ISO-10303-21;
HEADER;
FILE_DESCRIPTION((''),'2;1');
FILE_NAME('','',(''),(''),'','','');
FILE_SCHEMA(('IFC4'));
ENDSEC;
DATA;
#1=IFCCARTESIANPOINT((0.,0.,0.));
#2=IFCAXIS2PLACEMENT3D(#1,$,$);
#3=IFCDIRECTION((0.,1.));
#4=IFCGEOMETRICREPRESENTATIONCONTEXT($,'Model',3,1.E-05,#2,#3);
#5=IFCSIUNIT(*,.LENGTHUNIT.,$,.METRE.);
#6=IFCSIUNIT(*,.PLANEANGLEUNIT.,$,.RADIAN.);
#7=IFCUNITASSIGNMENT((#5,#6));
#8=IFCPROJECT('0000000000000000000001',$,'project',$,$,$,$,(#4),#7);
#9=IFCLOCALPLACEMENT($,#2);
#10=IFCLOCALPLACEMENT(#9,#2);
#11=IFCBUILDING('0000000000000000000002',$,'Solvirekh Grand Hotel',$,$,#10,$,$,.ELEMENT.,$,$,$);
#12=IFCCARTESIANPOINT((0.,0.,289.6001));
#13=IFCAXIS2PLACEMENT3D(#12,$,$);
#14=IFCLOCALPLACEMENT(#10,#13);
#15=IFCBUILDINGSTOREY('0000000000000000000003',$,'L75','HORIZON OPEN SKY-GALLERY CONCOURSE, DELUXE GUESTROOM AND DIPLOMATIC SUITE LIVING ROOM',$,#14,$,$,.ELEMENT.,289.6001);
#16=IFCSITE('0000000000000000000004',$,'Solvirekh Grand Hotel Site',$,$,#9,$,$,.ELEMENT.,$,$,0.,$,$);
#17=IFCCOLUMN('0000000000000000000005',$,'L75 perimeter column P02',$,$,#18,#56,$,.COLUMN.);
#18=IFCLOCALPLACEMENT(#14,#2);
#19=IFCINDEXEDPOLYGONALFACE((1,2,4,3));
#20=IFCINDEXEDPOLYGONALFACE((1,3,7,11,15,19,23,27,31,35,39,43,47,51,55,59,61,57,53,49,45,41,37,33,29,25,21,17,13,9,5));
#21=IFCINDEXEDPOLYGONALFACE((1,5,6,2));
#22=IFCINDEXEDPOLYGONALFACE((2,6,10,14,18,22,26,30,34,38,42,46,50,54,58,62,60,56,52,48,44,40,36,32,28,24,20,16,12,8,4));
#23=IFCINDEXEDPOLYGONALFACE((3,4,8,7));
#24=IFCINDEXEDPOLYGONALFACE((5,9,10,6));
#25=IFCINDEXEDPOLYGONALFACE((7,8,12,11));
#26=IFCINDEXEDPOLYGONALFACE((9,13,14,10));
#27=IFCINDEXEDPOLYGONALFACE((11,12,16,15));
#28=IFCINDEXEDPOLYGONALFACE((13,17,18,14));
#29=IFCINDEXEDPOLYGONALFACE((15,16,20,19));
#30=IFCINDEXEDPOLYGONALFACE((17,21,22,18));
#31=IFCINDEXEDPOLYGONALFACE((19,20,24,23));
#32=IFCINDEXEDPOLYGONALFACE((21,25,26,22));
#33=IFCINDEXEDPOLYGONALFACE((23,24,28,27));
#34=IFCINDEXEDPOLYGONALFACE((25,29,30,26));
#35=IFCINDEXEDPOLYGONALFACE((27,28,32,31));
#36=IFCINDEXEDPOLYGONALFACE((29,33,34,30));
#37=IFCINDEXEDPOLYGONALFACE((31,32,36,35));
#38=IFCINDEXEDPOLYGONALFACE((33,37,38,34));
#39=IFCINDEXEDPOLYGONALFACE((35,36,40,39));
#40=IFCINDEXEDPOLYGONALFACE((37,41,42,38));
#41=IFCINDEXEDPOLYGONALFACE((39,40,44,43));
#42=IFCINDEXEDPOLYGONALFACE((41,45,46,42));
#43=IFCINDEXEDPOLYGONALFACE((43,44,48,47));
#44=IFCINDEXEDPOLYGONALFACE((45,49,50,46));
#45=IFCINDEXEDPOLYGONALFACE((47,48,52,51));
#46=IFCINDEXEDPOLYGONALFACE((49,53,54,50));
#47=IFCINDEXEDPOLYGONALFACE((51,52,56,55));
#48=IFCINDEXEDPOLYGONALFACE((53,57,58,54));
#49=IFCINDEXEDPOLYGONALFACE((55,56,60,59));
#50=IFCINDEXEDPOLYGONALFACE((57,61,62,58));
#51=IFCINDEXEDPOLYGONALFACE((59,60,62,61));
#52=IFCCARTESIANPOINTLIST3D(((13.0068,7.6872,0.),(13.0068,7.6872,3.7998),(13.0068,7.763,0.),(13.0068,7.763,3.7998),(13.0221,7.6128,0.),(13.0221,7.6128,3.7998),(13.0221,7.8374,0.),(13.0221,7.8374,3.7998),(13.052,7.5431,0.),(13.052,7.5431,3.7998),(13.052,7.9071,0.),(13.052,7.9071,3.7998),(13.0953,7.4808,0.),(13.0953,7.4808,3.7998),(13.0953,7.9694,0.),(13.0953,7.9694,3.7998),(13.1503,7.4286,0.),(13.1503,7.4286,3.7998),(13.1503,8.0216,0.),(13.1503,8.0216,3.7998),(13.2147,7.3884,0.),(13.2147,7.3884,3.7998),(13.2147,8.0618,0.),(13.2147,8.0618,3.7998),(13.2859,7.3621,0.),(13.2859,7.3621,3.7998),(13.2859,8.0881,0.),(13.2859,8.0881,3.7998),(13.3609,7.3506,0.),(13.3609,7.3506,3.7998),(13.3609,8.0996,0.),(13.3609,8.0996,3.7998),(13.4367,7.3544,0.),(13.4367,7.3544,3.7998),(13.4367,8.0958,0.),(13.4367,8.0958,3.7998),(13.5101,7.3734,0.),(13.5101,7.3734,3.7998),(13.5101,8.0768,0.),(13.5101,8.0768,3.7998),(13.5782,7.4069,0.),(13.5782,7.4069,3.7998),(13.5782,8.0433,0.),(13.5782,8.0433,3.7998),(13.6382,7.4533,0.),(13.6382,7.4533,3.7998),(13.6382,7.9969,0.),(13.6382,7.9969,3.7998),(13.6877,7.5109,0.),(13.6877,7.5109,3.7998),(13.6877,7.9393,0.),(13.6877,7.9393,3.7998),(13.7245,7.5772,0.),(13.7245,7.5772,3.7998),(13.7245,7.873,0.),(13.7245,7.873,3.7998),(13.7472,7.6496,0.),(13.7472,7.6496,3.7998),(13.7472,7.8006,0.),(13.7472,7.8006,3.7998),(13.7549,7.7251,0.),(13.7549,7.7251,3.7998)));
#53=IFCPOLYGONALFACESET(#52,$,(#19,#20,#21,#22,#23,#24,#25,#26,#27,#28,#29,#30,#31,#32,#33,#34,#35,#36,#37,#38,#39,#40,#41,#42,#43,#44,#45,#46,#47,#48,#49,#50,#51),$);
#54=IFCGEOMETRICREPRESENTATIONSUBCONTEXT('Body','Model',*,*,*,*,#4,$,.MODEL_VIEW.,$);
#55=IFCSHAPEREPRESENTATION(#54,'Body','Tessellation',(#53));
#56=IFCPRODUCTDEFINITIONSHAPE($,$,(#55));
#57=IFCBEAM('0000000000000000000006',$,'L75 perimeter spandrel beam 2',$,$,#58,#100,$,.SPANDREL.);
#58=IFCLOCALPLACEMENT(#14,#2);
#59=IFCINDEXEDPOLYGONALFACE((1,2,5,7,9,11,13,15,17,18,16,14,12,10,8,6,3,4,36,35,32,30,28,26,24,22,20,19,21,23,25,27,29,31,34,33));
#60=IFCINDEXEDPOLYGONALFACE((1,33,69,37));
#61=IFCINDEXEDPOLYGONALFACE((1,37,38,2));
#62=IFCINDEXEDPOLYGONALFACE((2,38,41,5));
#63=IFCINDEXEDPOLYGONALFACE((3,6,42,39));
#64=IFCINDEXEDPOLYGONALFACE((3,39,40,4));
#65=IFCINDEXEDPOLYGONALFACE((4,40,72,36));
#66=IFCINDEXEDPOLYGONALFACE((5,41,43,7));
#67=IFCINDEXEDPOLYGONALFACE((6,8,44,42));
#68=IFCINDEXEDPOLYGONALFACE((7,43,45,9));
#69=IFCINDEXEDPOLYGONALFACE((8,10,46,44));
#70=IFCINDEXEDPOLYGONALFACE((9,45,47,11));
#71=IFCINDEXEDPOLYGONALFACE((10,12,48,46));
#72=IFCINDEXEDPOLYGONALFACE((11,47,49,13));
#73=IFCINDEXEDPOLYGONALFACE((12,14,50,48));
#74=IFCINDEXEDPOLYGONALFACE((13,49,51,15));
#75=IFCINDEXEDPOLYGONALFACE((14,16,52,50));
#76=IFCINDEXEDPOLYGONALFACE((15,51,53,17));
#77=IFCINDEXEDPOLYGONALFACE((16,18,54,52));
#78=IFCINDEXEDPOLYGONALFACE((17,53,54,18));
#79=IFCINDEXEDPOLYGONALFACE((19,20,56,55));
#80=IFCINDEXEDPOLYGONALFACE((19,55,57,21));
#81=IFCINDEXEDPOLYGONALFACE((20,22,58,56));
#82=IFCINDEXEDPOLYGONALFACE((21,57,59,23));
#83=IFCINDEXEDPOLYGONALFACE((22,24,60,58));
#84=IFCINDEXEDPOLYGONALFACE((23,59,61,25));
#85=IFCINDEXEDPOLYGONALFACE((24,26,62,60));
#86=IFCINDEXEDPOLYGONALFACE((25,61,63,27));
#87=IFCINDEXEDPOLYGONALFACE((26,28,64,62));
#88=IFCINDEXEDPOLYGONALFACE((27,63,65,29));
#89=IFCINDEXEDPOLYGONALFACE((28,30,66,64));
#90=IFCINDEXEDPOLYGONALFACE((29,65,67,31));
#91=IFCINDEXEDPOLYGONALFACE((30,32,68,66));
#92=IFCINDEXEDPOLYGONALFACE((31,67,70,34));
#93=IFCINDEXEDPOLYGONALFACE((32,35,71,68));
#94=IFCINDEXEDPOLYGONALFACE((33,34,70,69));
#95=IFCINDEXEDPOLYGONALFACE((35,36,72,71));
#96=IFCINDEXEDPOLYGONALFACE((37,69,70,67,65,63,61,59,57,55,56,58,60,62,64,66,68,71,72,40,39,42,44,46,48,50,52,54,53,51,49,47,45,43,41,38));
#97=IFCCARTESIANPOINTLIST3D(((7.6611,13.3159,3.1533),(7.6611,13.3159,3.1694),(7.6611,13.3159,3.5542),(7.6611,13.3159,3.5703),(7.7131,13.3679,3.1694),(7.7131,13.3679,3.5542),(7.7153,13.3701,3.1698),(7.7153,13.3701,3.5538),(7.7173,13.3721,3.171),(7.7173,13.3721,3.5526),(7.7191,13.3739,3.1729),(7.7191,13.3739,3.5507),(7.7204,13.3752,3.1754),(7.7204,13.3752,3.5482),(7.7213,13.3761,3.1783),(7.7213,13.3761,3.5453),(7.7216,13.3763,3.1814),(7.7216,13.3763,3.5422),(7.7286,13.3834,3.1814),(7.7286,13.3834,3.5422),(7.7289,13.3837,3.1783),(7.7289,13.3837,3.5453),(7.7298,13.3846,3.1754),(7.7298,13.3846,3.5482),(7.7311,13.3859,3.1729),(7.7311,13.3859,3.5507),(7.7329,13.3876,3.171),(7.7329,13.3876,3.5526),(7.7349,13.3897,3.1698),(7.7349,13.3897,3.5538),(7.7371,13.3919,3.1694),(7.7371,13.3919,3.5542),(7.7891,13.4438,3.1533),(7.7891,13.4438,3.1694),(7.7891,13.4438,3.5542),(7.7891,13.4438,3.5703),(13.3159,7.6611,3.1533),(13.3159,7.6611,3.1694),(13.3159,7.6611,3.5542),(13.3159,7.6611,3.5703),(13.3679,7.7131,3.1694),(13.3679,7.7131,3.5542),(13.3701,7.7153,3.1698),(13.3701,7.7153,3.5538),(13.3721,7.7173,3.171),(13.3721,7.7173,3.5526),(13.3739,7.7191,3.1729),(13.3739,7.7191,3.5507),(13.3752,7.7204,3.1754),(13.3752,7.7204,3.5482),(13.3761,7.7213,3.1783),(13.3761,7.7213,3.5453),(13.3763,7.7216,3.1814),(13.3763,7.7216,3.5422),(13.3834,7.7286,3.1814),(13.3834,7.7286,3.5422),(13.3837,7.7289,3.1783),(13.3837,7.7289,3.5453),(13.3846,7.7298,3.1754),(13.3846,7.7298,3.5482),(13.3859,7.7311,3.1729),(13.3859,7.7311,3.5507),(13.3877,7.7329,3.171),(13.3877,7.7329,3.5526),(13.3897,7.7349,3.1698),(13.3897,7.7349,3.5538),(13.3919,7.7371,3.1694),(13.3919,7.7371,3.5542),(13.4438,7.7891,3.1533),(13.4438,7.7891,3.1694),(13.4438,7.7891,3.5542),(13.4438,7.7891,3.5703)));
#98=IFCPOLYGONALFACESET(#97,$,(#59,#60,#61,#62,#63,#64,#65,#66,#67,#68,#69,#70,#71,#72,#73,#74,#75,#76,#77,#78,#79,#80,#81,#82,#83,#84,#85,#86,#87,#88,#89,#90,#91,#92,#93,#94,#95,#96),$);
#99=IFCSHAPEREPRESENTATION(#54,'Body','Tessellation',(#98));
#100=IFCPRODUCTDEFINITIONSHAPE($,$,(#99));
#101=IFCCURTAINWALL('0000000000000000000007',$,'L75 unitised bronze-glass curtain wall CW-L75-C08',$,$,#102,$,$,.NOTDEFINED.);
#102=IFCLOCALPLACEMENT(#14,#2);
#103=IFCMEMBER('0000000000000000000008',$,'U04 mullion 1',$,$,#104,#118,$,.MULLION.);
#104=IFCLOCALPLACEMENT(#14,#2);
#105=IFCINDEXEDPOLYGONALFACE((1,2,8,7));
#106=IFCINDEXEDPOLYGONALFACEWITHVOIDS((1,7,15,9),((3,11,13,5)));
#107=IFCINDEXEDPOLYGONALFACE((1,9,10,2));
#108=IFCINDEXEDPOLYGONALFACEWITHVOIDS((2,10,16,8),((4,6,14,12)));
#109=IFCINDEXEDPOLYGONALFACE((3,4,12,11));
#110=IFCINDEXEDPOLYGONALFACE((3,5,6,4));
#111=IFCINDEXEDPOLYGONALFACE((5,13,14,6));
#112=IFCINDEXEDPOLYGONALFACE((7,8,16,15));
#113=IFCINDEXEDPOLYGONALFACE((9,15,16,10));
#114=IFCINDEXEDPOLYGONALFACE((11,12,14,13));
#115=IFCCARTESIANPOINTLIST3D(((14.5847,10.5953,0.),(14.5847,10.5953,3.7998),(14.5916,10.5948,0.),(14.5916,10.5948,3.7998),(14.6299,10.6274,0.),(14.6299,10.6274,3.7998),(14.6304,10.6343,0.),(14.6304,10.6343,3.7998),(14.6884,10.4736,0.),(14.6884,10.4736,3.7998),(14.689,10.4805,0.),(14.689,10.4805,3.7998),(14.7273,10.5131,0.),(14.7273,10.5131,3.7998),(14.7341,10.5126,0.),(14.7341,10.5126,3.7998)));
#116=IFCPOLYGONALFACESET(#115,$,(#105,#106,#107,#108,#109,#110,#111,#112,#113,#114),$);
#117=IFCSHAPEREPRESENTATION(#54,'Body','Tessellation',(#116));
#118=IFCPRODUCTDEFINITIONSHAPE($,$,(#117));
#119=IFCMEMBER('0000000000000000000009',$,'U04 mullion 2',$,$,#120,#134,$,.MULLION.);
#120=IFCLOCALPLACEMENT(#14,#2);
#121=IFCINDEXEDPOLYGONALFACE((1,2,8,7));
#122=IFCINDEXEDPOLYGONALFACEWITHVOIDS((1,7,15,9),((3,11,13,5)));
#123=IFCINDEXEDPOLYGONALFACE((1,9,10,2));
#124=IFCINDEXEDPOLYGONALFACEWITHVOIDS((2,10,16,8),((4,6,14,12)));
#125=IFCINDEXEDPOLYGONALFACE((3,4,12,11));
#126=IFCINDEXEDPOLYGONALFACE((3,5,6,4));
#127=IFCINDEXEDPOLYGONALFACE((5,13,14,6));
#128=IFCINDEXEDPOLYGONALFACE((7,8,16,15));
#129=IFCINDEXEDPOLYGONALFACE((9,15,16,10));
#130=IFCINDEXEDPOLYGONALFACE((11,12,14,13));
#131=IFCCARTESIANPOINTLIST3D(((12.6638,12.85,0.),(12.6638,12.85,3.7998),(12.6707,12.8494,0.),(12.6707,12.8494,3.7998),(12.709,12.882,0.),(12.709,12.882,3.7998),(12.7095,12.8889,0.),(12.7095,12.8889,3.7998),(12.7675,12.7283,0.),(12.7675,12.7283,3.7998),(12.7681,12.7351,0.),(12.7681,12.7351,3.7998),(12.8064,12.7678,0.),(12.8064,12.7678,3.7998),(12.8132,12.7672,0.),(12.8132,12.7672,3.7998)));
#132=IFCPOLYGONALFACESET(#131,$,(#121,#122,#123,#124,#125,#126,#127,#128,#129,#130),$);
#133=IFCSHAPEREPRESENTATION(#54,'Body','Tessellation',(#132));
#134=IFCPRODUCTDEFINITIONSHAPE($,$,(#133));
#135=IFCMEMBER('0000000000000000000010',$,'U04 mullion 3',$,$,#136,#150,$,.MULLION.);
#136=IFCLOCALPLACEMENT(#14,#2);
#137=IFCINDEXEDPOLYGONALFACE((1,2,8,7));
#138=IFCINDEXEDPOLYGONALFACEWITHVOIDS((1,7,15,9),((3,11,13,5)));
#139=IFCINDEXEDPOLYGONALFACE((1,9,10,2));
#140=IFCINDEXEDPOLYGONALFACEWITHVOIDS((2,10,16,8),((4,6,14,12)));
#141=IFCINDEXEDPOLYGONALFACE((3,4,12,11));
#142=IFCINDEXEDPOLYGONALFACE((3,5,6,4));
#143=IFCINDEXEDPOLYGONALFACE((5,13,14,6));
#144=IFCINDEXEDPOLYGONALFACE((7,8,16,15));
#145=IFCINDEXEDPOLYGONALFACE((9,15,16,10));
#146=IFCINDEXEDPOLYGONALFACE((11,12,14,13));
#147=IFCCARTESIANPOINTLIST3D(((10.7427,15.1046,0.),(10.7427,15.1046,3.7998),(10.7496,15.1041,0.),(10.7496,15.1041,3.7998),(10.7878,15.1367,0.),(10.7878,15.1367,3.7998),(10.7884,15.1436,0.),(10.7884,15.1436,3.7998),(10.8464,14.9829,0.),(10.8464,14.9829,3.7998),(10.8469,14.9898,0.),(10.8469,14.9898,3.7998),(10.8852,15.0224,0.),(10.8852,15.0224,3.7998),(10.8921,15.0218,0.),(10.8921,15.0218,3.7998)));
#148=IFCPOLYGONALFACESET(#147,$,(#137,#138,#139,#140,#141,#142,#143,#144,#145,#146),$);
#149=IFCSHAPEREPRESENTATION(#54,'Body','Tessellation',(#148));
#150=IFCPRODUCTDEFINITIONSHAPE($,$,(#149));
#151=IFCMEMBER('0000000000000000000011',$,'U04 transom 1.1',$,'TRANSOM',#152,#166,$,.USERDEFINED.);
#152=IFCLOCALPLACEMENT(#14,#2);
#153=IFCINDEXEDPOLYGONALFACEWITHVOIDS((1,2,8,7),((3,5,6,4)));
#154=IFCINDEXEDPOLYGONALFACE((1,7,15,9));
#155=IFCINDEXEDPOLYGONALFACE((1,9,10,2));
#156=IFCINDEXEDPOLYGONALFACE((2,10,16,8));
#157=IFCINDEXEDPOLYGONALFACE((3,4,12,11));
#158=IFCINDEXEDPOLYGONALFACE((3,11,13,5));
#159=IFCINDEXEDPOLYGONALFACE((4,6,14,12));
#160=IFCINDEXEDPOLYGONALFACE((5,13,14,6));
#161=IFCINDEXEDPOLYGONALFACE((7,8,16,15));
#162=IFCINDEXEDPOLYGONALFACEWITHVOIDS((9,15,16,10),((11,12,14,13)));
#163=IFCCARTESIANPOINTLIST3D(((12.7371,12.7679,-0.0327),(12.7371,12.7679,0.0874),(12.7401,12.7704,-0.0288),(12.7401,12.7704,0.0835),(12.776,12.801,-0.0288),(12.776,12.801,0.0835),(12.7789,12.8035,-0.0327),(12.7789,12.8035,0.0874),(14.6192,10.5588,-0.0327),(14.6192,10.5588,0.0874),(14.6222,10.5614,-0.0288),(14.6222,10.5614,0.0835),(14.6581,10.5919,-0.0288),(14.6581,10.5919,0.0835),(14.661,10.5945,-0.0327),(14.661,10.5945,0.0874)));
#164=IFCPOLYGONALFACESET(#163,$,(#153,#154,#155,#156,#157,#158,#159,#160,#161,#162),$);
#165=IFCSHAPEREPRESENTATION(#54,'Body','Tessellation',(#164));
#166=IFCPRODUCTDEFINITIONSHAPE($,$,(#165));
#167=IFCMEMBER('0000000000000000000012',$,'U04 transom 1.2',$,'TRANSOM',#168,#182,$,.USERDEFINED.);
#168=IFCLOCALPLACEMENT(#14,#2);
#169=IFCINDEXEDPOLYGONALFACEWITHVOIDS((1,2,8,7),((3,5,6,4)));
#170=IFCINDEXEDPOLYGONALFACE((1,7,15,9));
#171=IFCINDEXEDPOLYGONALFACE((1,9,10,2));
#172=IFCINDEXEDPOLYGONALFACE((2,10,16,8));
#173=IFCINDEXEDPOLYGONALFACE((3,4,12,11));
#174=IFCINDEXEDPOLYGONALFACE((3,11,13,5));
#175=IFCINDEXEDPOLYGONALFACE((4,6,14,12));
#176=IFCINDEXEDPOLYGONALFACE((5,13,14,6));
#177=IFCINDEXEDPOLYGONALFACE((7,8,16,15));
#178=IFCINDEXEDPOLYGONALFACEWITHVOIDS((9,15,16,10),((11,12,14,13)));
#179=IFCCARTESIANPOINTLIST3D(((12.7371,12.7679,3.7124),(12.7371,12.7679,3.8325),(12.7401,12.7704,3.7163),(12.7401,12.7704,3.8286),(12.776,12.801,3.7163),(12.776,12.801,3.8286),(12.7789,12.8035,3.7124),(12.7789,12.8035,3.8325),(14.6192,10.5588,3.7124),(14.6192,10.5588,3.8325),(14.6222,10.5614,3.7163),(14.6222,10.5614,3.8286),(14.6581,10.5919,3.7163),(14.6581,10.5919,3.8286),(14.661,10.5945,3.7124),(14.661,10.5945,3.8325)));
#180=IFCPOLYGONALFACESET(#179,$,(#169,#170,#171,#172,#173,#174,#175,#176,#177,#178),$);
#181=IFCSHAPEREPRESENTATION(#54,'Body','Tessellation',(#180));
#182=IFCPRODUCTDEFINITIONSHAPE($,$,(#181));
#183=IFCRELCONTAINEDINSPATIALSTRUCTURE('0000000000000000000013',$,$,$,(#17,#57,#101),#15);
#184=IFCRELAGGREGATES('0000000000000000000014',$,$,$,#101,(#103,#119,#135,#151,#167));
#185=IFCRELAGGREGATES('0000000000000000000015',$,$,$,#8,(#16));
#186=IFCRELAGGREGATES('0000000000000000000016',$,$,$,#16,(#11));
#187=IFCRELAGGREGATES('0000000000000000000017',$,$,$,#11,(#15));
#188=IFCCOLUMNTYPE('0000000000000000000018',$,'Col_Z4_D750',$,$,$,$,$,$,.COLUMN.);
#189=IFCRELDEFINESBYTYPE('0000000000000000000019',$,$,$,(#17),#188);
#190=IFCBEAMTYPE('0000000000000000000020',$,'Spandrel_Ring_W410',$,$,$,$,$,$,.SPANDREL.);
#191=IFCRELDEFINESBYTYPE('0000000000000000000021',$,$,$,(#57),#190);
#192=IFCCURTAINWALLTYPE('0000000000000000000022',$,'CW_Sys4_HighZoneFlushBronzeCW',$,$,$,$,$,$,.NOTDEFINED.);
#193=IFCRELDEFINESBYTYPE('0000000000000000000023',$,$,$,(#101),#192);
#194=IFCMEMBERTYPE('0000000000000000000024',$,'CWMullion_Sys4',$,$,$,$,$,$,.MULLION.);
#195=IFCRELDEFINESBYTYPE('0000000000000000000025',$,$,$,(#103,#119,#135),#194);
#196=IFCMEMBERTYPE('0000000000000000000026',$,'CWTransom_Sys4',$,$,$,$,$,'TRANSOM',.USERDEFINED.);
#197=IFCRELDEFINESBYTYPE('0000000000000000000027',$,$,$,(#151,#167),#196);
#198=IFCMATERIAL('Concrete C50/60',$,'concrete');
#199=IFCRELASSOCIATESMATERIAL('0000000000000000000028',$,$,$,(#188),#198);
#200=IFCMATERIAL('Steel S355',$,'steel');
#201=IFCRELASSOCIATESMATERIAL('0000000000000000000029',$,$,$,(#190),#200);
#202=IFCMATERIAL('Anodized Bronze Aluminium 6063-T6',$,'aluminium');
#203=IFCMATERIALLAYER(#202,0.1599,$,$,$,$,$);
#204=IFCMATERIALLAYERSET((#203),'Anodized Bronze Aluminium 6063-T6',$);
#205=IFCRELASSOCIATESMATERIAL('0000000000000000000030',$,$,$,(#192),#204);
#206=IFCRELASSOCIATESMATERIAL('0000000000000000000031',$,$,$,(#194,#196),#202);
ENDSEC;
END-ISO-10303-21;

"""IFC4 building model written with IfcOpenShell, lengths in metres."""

from ifc_helpers import new_model, si_unit, direction, frame, origin, origin_2d, place, context, subcontext, project, spatial, hollow_rectangle, circle, i_section, extrude, source, transform, mapped, material, layer, layer_set, material_profile, profile_set, type_object, element, aggregate, save


model = new_model("IFC4")

# Units and contexts
model_context = context("Model", 3, precision=1e-05, world=origin(), true_north=direction((0.0, 1.0)))
body_context = subcontext(model_context, "Body", "Model", "MODEL_VIEW")
ifc_project = project(units=[si_unit("LENGTHUNIT", "METRE"), si_unit("PLANEANGLEUNIT", "RADIAN")], contexts=[model_context])

# Site, building, storey
site_placement = place(None, origin())
site = spatial("IfcSite", under=ifc_project, at=site_placement, Name="Solvirekh Grand Hotel Site", CompositionType="ELEMENT", RefElevation=0.0)
building_placement = place(site_placement, origin())
building = spatial("IfcBuilding", under=site, at=building_placement, Name="Solvirekh Grand Hotel", CompositionType="ELEMENT")
storey_placement = place(building_placement, frame((0.0, 0.0, 289.6001)))
storey = spatial("IfcBuildingStorey", under=building, at=storey_placement, Name="L75", Description="HORIZON OPEN SKY-GALLERY CONCOURSE, DELUXE GUESTROOM AND DIPLOMATIC SUITE LIVING ROOM", CompositionType="ELEMENT", Elevation=289.6001)

# Column
ifc_material_1 = material(Name="Concrete C50/60", Category="concrete")
ifc_material_profile_1 = material_profile(ifc_material_1, circle(Radius=0.375, at=origin_2d()), Name="RC CIRC D750")
ifc_profile_set_1 = profile_set([ifc_material_profile_1], Name="Concrete C50/60")
column_type = type_object("IfcColumnType", Name="Col_Z4_D750", PredefinedType="COLUMN", material=ifc_profile_set_1)
column_placement = place(storey_placement, frame((13.3799, 7.7251, 0.0), z_axis=(0.0, 0.0, 1.0), x_axis=(1.0, 0.0, 0.0)))
element("IfcColumn", 1, at=column_placement, inside=storey, type_object=column_type, Name="L75 perimeter column P02", PredefinedType="COLUMN", context=body_context, shape_type="SweptSolid", body=[
    extrude(circle(Radius=0.375, at=origin_2d()), origin(), (0.0, 0.0, 1.0), 3.7998),
])

# Beam
ifc_material_2 = material(Name="Steel S355", Category="steel")
ifc_material_profile_2 = material_profile(ifc_material_2, i_section(OverallWidth=0.1809, OverallDepth=0.417, WebThickness=0.01, FlangeThickness=0.0161, FilletRadius=0.012, at=origin_2d()), Name="W410X85")
ifc_profile_set_2 = profile_set([ifc_material_profile_2], Name="Steel S355")
beam_type = type_object("IfcBeamType", Name="Spandrel_Ring_W410", PredefinedType="SPANDREL", material=ifc_profile_set_2)
beam_placement = place(storey_placement, frame((13.3799, 7.7251, 3.3618), z_axis=(-0.707107, 0.707107, 0.0), x_axis=(-0.707107, -0.707107, 0.0)))
element("IfcBeam", 2, at=beam_placement, inside=storey, type_object=beam_type, Name="L75 perimeter spandrel beam 2", PredefinedType="SPANDREL", context=body_context, shape_type="SweptSolid", body=[
    extrude(i_section(OverallWidth=0.1809, OverallDepth=0.417, WebThickness=0.01, FlangeThickness=0.0161, FilletRadius=0.012, at=origin_2d()), origin(), (0.0, 0.0, 1.0), 7.9971),
])

# Curtain wall, members
ifc_material_3 = material(Name="Anodized Bronze Aluminium 6063-T6", Category="aluminium")
ifc_layer_1 = layer(ifc_material_3, 0.1599)
ifc_layer_set_1 = layer_set([ifc_layer_1], Name="Anodized Bronze Aluminium 6063-T6")
curtain_wall_type = type_object("IfcCurtainWallType", Name="CW_Sys4_HighZoneFlushBronzeCW", PredefinedType="NOTDEFINED", material=ifc_layer_set_1)
curtain_wall_placement = place(storey_placement, origin())
curtain_wall = element("IfcCurtainWall", 3, at=curtain_wall_placement, inside=storey, type_object=curtain_wall_type, Name="L75 unitised bronze-glass curtain wall CW-L75-C08", PredefinedType="NOTDEFINED")
ifc_material_profile_3 = material_profile(ifc_material_3, hollow_rectangle(XDim=0.0601, YDim=0.1599, WallThickness=0.0049, at=origin_2d()), Name="ALU RHS 160X60X5")
ifc_profile_set_3 = profile_set([ifc_material_profile_3], Name="Anodized Bronze Aluminium 6063-T6")
member_type_1 = type_object("IfcMemberType", Name="CWMullion_Sys4", PredefinedType="MULLION", material=ifc_profile_set_3)
shared_shape_1 = source(origin(), body_context, "Body", "SweptSolid", [
    extrude(hollow_rectangle(XDim=0.0601, YDim=0.1599, WallThickness=0.0049, at=origin_2d()), origin(), (0.0, 0.0, 1.0), 3.7998),
])
member_1_placement = place(storey_placement, frame((14.6594, 10.554, 0.0), z_axis=(0.0, 0.0, 1.0), x_axis=(-0.761176, -0.648545, 0.0)))
member_1 = element("IfcMember", 4, at=member_1_placement, type_object=member_type_1, Name="U04 mullion 1", PredefinedType="MULLION", context=body_context, shape_type="MappedRepresentation", body=[
    mapped(shared_shape_1, transform((0.0, 0.0, 0.0), x_axis=(1.0, 0.0, 0.0), y_axis=(0.0, 1.0, 0.0), z_axis=(0.0, 0.0, 1.0), scale=1.0)),
])
member_2_placement = place(storey_placement, frame((12.7385, 12.8086, 0.0), z_axis=(0.0, 0.0, 1.0), x_axis=(-0.761176, -0.648545, 0.0)))
member_2 = element("IfcMember", 5, at=member_2_placement, type_object=member_type_1, Name="U04 mullion 2", PredefinedType="MULLION", context=body_context, shape_type="MappedRepresentation", body=[
    mapped(shared_shape_1, transform((0.0, 0.0, 0.0), x_axis=(1.0, 0.0, 0.0), y_axis=(0.0, 1.0, 0.0), z_axis=(0.0, 0.0, 1.0), scale=1.0)),
])
member_3_placement = place(storey_placement, frame((10.8174, 15.0632, 0.0), z_axis=(0.0, 0.0, 1.0), x_axis=(-0.761176, -0.648545, 0.0)))
member_3 = element("IfcMember", 6, at=member_3_placement, type_object=member_type_1, Name="U04 mullion 3", PredefinedType="MULLION", context=body_context, shape_type="MappedRepresentation", body=[
    mapped(shared_shape_1, transform((0.0, 0.0, 0.0), x_axis=(1.0, 0.0, 0.0), y_axis=(0.0, 1.0, 0.0), z_axis=(0.0, 0.0, 1.0), scale=1.0)),
])
ifc_material_profile_4 = material_profile(ifc_material_3, hollow_rectangle(XDim=0.0549, YDim=0.1201, WallThickness=0.0039, at=origin_2d()), Name="ALU RHS 120X55X4")
ifc_profile_set_4 = profile_set([ifc_material_profile_4], Name="Anodized Bronze Aluminium 6063-T6")
member_type_2 = type_object("IfcMemberType", Name="CWTransom_Sys4", ElementType="TRANSOM", PredefinedType="USERDEFINED", material=ifc_profile_set_4)
shared_shape_2 = source(origin(), body_context, "Body", "SweptSolid", [
    extrude(hollow_rectangle(XDim=0.0549, YDim=0.1201, WallThickness=0.0039, at=origin_2d()), origin(), (0.0, 0.0, 1.0), 2.9021),
])
member_4_placement = place(storey_placement, frame((14.6401, 10.5767, 0.0273), z_axis=(-0.648537, 0.761183, 0.0), x_axis=(-0.761183, -0.648537, 0.0)))
member_4 = element("IfcMember", 7, at=member_4_placement, type_object=member_type_2, Name="U04 transom 1.1", ObjectType="TRANSOM", PredefinedType="USERDEFINED", context=body_context, shape_type="MappedRepresentation", body=[
    mapped(shared_shape_2, transform((0.0, 0.0, 0.0), x_axis=(1.0, 0.0, 0.0), y_axis=(0.0, 1.0, 0.0), z_axis=(0.0, 0.0, 1.0), scale=1.0)),
])
member_5_placement = place(storey_placement, frame((14.6401, 10.5767, 3.7725), z_axis=(-0.648537, 0.761183, 0.0), x_axis=(-0.761183, -0.648537, 0.0)))
member_5 = element("IfcMember", 8, at=member_5_placement, type_object=member_type_2, Name="U04 transom 1.2", ObjectType="TRANSOM", PredefinedType="USERDEFINED", context=body_context, shape_type="MappedRepresentation", body=[
    mapped(shared_shape_2, transform((0.0, 0.0, 0.0), x_axis=(1.0, 0.0, 0.0), y_axis=(0.0, 1.0, 0.0), z_axis=(0.0, 0.0, 1.0), scale=1.0)),
])
aggregate(curtain_wall, [member_1, member_2, member_3, member_4, member_5])

save(model, "model.ifc")
